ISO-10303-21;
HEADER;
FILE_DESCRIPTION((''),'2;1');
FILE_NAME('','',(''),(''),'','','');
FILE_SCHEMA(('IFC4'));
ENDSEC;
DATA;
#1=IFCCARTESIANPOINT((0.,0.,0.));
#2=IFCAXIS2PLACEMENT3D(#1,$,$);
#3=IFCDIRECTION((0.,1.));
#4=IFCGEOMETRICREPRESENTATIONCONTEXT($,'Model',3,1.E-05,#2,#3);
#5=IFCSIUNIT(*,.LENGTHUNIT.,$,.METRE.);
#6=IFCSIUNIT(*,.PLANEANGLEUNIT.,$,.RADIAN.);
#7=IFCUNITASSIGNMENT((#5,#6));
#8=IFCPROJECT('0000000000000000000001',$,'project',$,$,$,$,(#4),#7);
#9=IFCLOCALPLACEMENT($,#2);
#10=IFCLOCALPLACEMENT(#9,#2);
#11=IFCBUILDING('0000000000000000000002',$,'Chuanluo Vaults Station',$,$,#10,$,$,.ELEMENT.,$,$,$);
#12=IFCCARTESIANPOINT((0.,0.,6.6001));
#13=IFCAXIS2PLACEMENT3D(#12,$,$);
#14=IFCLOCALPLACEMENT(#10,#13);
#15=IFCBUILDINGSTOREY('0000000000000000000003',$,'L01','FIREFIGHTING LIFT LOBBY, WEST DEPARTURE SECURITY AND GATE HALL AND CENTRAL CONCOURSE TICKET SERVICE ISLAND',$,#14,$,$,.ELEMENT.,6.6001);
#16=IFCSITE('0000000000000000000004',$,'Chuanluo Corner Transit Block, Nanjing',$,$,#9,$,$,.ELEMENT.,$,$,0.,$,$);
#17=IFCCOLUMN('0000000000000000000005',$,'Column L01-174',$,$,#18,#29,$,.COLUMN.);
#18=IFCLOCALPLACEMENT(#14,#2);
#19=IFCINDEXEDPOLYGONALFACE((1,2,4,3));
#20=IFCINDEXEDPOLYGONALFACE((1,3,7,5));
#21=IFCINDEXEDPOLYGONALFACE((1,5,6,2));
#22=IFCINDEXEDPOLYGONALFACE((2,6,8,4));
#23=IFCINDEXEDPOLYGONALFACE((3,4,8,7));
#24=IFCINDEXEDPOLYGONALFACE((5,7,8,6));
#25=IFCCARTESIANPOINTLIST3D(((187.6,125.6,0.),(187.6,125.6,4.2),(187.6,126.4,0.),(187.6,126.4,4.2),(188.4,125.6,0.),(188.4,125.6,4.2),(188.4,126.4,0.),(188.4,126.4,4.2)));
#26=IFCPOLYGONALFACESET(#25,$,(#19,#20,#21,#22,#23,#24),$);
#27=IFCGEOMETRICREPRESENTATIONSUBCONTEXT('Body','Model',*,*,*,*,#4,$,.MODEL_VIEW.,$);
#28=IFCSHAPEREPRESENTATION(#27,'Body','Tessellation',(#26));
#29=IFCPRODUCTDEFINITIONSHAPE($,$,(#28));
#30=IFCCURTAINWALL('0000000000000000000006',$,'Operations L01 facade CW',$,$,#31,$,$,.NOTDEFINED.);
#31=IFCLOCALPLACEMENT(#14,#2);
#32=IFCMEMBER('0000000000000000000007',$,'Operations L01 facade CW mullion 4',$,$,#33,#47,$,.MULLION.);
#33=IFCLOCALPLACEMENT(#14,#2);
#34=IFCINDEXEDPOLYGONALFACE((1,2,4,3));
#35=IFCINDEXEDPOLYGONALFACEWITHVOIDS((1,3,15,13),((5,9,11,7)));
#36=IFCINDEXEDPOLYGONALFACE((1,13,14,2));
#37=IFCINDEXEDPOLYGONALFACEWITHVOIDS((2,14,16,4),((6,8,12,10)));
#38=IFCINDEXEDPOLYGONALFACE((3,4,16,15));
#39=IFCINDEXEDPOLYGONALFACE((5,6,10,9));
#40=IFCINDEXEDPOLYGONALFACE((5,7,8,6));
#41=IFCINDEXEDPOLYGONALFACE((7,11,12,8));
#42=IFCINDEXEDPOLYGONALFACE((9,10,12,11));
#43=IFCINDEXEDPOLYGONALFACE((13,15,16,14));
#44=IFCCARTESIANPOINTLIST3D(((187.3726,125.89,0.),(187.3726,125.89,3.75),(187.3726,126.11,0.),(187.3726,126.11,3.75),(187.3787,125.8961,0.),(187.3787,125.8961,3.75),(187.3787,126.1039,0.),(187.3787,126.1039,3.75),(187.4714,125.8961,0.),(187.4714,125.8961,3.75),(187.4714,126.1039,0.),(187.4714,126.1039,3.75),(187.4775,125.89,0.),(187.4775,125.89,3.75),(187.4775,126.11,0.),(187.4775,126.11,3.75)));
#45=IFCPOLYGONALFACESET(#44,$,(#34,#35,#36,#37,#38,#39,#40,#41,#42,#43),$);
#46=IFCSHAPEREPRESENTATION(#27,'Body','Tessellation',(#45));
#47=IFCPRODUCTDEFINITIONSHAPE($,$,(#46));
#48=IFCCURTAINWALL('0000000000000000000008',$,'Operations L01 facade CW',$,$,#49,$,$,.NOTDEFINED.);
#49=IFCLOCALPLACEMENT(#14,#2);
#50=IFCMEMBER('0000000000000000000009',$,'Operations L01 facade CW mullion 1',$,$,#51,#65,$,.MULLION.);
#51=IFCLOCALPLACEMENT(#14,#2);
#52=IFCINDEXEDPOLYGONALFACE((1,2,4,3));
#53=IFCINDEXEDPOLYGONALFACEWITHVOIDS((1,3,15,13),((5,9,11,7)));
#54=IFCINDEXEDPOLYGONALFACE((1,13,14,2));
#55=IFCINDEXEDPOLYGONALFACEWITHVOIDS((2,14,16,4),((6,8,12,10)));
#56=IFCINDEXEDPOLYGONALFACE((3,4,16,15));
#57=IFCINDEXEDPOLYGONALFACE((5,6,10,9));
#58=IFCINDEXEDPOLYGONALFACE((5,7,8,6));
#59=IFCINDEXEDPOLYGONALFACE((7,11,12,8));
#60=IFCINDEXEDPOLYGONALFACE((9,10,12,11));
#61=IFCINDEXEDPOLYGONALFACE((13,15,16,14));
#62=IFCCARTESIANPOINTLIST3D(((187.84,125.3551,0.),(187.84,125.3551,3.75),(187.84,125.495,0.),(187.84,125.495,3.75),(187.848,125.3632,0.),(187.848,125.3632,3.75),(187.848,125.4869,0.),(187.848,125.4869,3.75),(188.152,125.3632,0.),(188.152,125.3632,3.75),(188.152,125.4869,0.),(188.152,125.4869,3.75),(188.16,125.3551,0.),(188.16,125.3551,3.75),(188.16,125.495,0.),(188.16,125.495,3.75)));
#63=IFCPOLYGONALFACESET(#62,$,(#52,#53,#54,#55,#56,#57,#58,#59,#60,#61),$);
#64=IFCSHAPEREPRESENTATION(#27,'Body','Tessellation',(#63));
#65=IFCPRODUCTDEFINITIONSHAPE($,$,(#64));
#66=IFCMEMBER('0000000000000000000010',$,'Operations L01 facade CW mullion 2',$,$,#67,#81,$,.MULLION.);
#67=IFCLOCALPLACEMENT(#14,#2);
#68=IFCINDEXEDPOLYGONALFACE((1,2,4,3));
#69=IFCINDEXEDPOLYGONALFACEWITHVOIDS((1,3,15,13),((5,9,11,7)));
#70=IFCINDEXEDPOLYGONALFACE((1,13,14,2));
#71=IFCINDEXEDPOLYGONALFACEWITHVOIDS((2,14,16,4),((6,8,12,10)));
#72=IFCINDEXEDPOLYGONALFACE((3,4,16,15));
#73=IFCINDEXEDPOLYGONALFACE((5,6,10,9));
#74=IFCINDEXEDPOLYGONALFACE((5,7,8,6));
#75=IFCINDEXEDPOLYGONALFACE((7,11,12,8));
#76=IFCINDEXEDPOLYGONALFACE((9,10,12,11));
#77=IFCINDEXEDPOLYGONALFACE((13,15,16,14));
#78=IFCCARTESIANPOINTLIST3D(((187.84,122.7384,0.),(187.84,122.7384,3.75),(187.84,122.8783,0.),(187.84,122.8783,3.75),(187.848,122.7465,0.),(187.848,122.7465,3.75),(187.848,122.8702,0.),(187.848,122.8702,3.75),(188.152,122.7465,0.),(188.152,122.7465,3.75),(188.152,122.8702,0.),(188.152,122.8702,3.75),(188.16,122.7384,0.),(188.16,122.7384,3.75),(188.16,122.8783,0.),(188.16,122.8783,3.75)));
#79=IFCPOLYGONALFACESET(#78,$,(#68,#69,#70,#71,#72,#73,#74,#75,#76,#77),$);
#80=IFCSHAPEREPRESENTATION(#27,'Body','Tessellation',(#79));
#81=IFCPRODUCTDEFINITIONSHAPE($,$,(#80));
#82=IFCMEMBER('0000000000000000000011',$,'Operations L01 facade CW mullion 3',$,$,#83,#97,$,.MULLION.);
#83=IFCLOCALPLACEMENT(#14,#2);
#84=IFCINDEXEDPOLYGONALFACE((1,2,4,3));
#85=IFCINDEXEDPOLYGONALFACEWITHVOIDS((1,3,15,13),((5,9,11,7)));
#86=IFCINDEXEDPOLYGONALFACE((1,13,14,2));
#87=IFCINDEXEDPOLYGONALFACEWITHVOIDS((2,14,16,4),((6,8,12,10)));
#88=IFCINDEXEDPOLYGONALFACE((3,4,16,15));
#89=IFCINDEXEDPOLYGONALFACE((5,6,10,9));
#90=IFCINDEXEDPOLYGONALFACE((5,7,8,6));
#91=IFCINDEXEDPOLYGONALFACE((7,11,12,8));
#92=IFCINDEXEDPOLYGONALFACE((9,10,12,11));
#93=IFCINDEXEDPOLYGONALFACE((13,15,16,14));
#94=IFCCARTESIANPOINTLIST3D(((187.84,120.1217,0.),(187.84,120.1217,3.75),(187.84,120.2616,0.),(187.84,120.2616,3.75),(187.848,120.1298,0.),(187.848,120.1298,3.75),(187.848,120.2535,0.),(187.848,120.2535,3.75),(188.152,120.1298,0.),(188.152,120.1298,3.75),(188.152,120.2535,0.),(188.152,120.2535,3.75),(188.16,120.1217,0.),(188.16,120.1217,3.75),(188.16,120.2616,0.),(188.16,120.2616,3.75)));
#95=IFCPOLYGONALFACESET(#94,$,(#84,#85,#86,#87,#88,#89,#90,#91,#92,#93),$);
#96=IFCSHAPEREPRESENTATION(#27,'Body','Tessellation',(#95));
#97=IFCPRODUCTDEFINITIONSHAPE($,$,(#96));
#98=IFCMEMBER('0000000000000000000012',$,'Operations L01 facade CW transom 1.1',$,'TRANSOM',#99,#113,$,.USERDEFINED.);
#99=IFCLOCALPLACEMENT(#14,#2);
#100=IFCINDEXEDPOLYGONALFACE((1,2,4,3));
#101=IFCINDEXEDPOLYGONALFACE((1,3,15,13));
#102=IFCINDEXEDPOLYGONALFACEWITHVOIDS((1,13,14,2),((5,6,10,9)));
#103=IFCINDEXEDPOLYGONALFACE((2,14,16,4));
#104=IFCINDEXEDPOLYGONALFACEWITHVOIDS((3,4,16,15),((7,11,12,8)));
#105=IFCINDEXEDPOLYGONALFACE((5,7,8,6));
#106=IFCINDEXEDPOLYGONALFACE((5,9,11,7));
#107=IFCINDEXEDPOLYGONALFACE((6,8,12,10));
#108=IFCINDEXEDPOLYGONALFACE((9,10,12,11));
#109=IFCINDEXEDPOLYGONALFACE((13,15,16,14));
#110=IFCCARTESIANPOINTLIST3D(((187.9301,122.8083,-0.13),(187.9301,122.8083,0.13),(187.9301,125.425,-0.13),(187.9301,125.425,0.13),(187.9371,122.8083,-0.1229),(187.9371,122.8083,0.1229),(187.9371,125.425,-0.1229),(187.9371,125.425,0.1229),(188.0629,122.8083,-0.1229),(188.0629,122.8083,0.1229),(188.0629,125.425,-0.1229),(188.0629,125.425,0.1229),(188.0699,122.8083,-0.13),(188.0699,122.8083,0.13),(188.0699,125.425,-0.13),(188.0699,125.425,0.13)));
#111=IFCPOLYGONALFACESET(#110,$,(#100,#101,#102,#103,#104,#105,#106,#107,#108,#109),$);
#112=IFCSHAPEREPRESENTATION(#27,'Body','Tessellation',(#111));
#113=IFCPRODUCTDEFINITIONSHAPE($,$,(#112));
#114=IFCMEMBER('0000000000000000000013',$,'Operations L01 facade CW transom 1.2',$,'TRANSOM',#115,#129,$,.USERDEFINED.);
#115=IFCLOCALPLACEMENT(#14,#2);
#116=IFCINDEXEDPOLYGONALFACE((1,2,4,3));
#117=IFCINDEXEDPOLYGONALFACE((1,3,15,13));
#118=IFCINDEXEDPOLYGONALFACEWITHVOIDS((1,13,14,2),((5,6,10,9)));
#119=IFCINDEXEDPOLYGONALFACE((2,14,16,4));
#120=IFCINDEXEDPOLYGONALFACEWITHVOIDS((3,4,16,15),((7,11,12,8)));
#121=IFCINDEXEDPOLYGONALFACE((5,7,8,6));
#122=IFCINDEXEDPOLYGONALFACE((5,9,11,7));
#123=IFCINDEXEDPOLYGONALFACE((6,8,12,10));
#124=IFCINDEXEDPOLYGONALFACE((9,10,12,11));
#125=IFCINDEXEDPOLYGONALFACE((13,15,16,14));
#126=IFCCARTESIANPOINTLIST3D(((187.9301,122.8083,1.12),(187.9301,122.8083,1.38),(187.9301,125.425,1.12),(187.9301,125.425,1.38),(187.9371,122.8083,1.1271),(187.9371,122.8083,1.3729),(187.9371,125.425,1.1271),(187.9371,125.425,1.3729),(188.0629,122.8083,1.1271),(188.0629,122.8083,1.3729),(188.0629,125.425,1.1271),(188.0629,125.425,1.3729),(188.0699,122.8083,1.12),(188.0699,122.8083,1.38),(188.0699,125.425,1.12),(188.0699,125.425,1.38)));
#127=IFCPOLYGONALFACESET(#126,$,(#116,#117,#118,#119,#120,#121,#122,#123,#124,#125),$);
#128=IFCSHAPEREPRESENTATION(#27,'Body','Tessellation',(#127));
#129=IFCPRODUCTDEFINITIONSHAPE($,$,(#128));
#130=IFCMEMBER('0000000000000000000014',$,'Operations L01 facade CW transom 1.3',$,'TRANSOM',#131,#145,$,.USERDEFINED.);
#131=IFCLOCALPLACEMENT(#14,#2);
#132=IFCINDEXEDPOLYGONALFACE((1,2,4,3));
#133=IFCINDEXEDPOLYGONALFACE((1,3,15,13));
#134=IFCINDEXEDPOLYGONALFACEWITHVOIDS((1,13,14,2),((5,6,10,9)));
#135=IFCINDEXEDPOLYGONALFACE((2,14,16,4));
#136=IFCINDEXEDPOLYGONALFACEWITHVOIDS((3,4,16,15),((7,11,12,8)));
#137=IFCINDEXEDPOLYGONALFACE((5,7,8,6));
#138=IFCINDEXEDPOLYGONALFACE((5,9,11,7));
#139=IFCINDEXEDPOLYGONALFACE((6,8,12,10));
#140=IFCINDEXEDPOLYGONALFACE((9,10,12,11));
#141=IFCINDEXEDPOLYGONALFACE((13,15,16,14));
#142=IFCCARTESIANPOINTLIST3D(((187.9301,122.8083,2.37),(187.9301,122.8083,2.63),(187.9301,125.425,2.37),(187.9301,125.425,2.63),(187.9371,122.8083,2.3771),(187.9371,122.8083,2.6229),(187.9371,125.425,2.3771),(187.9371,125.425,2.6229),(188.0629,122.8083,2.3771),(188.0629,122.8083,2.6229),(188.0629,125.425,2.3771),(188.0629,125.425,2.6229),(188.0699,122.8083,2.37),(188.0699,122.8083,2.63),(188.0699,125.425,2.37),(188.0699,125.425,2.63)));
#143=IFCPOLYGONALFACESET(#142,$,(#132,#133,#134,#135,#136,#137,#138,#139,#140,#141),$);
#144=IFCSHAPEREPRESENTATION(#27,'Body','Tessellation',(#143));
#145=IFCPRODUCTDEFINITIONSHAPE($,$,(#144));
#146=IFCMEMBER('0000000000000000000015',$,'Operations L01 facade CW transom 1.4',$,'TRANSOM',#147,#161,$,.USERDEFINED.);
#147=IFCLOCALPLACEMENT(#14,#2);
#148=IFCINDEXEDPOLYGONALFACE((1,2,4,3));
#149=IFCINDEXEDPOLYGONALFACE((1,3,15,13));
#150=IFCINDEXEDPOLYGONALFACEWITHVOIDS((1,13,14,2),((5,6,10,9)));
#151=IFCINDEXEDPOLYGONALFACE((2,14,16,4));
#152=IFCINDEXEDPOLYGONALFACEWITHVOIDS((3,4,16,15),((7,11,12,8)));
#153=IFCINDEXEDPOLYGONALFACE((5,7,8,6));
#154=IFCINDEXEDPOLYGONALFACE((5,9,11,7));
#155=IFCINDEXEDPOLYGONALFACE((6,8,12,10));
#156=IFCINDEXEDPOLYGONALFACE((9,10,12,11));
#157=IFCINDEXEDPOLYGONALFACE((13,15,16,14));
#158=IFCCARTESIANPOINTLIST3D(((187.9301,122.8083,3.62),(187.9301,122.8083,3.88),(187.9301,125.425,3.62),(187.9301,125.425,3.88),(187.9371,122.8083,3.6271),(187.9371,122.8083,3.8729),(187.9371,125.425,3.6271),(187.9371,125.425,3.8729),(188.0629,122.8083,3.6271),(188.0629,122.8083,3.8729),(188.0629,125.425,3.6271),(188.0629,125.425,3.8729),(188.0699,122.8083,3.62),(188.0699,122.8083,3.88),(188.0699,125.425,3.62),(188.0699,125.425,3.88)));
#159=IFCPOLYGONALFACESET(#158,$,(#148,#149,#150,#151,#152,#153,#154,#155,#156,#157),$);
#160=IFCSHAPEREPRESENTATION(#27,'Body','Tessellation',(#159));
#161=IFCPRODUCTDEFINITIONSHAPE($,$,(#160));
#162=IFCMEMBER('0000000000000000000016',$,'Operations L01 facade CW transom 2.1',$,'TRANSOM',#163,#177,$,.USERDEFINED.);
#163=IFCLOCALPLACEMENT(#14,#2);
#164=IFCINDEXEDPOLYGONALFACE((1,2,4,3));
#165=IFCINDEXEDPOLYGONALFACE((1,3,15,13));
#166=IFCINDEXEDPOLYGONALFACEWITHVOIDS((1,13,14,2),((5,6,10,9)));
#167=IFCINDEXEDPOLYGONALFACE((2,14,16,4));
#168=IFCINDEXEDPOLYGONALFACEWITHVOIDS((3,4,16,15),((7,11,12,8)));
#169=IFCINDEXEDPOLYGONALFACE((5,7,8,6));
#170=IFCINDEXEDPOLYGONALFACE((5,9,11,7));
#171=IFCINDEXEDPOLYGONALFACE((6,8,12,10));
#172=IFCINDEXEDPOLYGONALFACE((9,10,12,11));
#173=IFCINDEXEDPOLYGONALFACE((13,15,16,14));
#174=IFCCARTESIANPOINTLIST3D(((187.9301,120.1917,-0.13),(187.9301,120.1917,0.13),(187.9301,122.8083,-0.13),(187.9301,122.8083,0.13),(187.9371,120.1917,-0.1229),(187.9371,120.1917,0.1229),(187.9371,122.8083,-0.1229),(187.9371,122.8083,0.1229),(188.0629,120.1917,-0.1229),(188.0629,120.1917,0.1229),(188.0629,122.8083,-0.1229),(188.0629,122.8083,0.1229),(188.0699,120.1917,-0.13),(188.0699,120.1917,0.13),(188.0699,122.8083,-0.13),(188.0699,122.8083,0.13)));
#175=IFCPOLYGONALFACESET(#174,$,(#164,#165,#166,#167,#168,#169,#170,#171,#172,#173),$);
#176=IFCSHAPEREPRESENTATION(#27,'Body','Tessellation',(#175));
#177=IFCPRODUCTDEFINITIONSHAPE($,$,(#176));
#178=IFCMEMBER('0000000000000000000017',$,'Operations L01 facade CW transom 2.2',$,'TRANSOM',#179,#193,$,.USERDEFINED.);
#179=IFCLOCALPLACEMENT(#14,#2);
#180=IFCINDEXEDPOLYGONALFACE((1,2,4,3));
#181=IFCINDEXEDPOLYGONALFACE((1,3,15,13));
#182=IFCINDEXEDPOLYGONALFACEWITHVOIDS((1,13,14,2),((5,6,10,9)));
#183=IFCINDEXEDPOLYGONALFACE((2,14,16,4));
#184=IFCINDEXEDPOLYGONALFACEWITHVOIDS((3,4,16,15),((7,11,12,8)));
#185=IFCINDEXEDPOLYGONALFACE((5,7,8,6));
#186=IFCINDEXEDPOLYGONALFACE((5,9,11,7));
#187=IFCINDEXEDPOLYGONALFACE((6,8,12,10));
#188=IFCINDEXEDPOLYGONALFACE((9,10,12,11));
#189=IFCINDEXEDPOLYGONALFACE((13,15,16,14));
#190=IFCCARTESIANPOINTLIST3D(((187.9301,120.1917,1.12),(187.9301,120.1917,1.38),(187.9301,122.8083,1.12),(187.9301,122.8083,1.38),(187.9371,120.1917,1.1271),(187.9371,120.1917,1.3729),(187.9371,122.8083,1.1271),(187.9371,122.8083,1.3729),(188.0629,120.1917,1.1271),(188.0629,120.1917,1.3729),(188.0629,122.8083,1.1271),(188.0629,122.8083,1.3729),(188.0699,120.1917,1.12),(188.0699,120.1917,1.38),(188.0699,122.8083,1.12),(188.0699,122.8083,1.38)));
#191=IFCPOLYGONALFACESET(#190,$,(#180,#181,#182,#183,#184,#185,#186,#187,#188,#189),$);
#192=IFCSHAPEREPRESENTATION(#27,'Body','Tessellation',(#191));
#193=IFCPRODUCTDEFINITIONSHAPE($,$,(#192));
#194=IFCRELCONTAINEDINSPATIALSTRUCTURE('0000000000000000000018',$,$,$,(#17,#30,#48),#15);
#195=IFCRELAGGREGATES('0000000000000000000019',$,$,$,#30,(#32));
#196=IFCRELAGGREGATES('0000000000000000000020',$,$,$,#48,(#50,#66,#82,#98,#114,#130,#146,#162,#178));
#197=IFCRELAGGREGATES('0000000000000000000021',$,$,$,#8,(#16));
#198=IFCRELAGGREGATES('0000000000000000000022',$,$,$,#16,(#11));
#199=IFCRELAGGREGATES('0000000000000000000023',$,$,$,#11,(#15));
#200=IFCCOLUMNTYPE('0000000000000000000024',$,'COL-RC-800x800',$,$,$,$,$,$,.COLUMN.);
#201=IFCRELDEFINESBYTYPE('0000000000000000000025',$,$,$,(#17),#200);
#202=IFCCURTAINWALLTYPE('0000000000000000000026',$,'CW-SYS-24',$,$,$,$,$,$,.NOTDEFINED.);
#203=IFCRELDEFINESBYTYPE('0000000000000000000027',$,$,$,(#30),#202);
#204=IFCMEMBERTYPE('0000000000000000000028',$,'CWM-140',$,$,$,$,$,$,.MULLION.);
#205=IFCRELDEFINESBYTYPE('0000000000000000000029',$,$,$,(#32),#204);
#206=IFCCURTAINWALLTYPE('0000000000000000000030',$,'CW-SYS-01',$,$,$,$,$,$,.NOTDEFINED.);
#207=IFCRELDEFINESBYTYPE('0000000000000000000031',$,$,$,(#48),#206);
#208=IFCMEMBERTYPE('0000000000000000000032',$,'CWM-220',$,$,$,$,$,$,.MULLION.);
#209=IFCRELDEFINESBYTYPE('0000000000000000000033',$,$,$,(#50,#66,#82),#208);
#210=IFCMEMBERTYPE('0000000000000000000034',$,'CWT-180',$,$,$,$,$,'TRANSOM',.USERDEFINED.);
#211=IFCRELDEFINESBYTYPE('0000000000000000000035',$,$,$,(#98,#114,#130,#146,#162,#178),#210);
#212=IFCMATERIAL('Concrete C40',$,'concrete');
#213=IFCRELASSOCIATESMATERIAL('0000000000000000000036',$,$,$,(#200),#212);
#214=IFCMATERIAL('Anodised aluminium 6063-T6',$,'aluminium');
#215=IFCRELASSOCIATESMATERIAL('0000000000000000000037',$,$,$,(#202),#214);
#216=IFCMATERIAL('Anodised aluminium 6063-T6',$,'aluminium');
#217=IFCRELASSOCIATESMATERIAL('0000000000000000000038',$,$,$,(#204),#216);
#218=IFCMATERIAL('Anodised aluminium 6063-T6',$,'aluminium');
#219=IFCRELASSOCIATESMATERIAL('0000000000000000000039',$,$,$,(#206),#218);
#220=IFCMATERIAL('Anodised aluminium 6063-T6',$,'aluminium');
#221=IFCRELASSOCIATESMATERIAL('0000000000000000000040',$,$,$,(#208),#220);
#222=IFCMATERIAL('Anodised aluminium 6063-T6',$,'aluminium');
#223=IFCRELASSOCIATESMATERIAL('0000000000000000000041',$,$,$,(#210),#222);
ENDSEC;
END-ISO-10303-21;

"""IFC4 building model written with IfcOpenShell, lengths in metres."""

from ifc_helpers import new_model, si_unit, direction, frame, origin, origin_2d, place, context, subcontext, project, spatial, rectangle, hollow_rectangle, extrude, material, material_profile, profile_set, type_object, element, aggregate, save


model = new_model("IFC4")

# Units and contexts
model_context = context("Model", 3, precision=1e-05, world=origin(), true_north=direction((0.0, 1.0)))
body_context = subcontext(model_context, "Body", "Model", "MODEL_VIEW")
ifc_project = project(units=[si_unit("LENGTHUNIT", "METRE"), si_unit("PLANEANGLEUNIT", "RADIAN")], contexts=[model_context])

# Site, building, storey
site_placement = place(None, origin())
site = spatial("IfcSite", under=ifc_project, at=site_placement, Name="Chuanluo Corner Transit Block, Nanjing", CompositionType="ELEMENT", RefElevation=0.0)
building_placement = place(site_placement, origin())
building = spatial("IfcBuilding", under=site, at=building_placement, Name="Chuanluo Vaults Station", CompositionType="ELEMENT")
storey_placement = place(building_placement, frame((0.0, 0.0, 6.6001)))
storey = spatial("IfcBuildingStorey", under=building, at=storey_placement, Name="L01", Description="FIREFIGHTING LIFT LOBBY, WEST DEPARTURE SECURITY AND GATE HALL AND CENTRAL CONCOURSE TICKET SERVICE ISLAND", CompositionType="ELEMENT", Elevation=6.6001)

# Column
ifc_material_1 = material(Name="Concrete C40", Category="concrete")
ifc_material_profile_1 = material_profile(ifc_material_1, rectangle(XDim=0.8, YDim=0.8, at=origin_2d()))
ifc_profile_set_1 = profile_set([ifc_material_profile_1], Name="Concrete C40")
column_type = type_object("IfcColumnType", Name="COL-RC-800x800", PredefinedType="COLUMN", material=ifc_profile_set_1)
column_placement = place(storey_placement, frame((188.0, 126.0, 0.0), z_axis=(0.0, 0.0, 1.0), x_axis=(1.0, 0.0, 0.0)))
element("IfcColumn", 1, at=column_placement, inside=storey, type_object=column_type, Name="Column L01-174", PredefinedType="COLUMN", context=body_context, shape_type="SweptSolid", body=[
    extrude(rectangle(XDim=0.8, YDim=0.8, at=origin_2d()), origin(), (0.0, 0.0, 1.0), 4.2),
])

# Curtain wall, member
ifc_material_2 = material(Name="Anodised aluminium 6063-T6", Category="aluminium")
curtain_wall_type_1 = type_object("IfcCurtainWallType", Name="CW-SYS-24", PredefinedType="NOTDEFINED", material=ifc_material_2)
curtain_wall_1_placement = place(storey_placement, origin())
curtain_wall_1 = element("IfcCurtainWall", 2, at=curtain_wall_1_placement, inside=storey, type_object=curtain_wall_type_1, Name="Operations L01 facade CW", PredefinedType="NOTDEFINED")
ifc_material_3 = material(Name="Anodised aluminium 6063-T6", Category="aluminium")
ifc_material_profile_2 = material_profile(ifc_material_3, hollow_rectangle(XDim=0.105, YDim=0.22, WallThickness=0.0061, at=origin_2d()))
ifc_profile_set_2 = profile_set([ifc_material_profile_2], Name="Anodised aluminium 6063-T6")
member_type_1 = type_object("IfcMemberType", Name="CWM-140", PredefinedType="MULLION", material=ifc_profile_set_2)
member_1_placement = place(storey_placement, frame((187.425, 126.0, 0.0), z_axis=(0.0, 0.0, 1.0), x_axis=(1.0, 0.0, 0.0)))
member_1 = element("IfcMember", 3, at=member_1_placement, type_object=member_type_1, Name="Operations L01 facade CW mullion 4", PredefinedType="MULLION", context=body_context, shape_type="SweptSolid", body=[
    extrude(hollow_rectangle(XDim=0.105, YDim=0.22, WallThickness=0.0061, at=origin_2d()), origin(), (0.0, 0.0, 1.0), 3.75),
])

# Curtain wall, members
ifc_material_4 = material(Name="Anodised aluminium 6063-T6", Category="aluminium")
curtain_wall_type_2 = type_object("IfcCurtainWallType", Name="CW-SYS-01", PredefinedType="NOTDEFINED", material=ifc_material_4)
curtain_wall_2_placement = place(storey_placement, origin())
curtain_wall_2 = element("IfcCurtainWall", 4, at=curtain_wall_2_placement, inside=storey, type_object=curtain_wall_type_2, Name="Operations L01 facade CW", PredefinedType="NOTDEFINED")
ifc_material_5 = material(Name="Anodised aluminium 6063-T6", Category="aluminium")
ifc_material_profile_3 = material_profile(ifc_material_5, hollow_rectangle(XDim=0.1399, YDim=0.3201, WallThickness=0.0081, at=origin_2d()))
ifc_profile_set_3 = profile_set([ifc_material_profile_3], Name="Anodised aluminium 6063-T6")
member_type_2 = type_object("IfcMemberType", Name="CWM-220", PredefinedType="MULLION", material=ifc_profile_set_3)
member_2_placement = place(storey_placement, frame((188.0, 125.425, 0.0), z_axis=(0.0, 0.0, 1.0), x_axis=(0.0, -1.0, 0.0)))
member_2 = element("IfcMember", 5, at=member_2_placement, type_object=member_type_2, Name="Operations L01 facade CW mullion 1", PredefinedType="MULLION", context=body_context, shape_type="SweptSolid", body=[
    extrude(hollow_rectangle(XDim=0.1399, YDim=0.3201, WallThickness=0.0081, at=origin_2d()), origin(), (0.0, 0.0, 1.0), 3.75),
])
member_3_placement = place(storey_placement, frame((188.0, 122.8083, 0.0), z_axis=(0.0, 0.0, 1.0), x_axis=(0.0, -1.0, 0.0)))
member_3 = element("IfcMember", 6, at=member_3_placement, type_object=member_type_2, Name="Operations L01 facade CW mullion 2", PredefinedType="MULLION", context=body_context, shape_type="SweptSolid", body=[
    extrude(hollow_rectangle(XDim=0.1399, YDim=0.3201, WallThickness=0.0081, at=origin_2d()), origin(), (0.0, 0.0, 1.0), 3.75),
])
member_4_placement = place(storey_placement, frame((188.0, 120.1917, 0.0), z_axis=(0.0, 0.0, 1.0), x_axis=(0.0, -1.0, 0.0)))
member_4 = element("IfcMember", 7, at=member_4_placement, type_object=member_type_2, Name="Operations L01 facade CW mullion 3", PredefinedType="MULLION", context=body_context, shape_type="SweptSolid", body=[
    extrude(hollow_rectangle(XDim=0.1399, YDim=0.3201, WallThickness=0.0081, at=origin_2d()), origin(), (0.0, 0.0, 1.0), 3.75),
])
ifc_material_6 = material(Name="Anodised aluminium 6063-T6", Category="aluminium")
ifc_material_profile_4 = material_profile(ifc_material_6, hollow_rectangle(XDim=0.1399, YDim=0.26, WallThickness=0.0071, at=origin_2d()))
ifc_profile_set_4 = profile_set([ifc_material_profile_4], Name="Anodised aluminium 6063-T6")
member_type_3 = type_object("IfcMemberType", Name="CWT-180", ElementType="TRANSOM", PredefinedType="USERDEFINED", material=ifc_profile_set_4)
member_5_placement = place(storey_placement, frame((188.0, 125.425, 0.0), z_axis=(0.0, -1.0, 0.0), x_axis=(1.0, 0.0, 0.0)))
member_5 = element("IfcMember", 8, at=member_5_placement, type_object=member_type_3, Name="Operations L01 facade CW transom 1.1", ObjectType="TRANSOM", PredefinedType="USERDEFINED", context=body_context, shape_type="SweptSolid", body=[
    extrude(hollow_rectangle(XDim=0.1399, YDim=0.26, WallThickness=0.0071, at=origin_2d()), origin(), (0.0, 0.0, 1.0), 2.6167),
])
member_6_placement = place(storey_placement, frame((188.0, 125.425, 1.25), z_axis=(0.0, -1.0, 0.0), x_axis=(1.0, 0.0, 0.0)))
member_6 = element("IfcMember", 9, at=member_6_placement, type_object=member_type_3, Name="Operations L01 facade CW transom 1.2", ObjectType="TRANSOM", PredefinedType="USERDEFINED", context=body_context, shape_type="SweptSolid", body=[
    extrude(hollow_rectangle(XDim=0.1399, YDim=0.26, WallThickness=0.0071, at=origin_2d()), origin(), (0.0, 0.0, 1.0), 2.6167),
])
member_7_placement = place(storey_placement, frame((188.0, 125.425, 2.5), z_axis=(0.0, -1.0, 0.0), x_axis=(1.0, 0.0, 0.0)))
member_7 = element("IfcMember", 10, at=member_7_placement, type_object=member_type_3, Name="Operations L01 facade CW transom 1.3", ObjectType="TRANSOM", PredefinedType="USERDEFINED", context=body_context, shape_type="SweptSolid", body=[
    extrude(hollow_rectangle(XDim=0.1399, YDim=0.26, WallThickness=0.0071, at=origin_2d()), origin(), (0.0, 0.0, 1.0), 2.6167),
])
member_8_placement = place(storey_placement, frame((188.0, 125.425, 3.75), z_axis=(0.0, -1.0, 0.0), x_axis=(1.0, 0.0, 0.0)))
member_8 = element("IfcMember", 11, at=member_8_placement, type_object=member_type_3, Name="Operations L01 facade CW transom 1.4", ObjectType="TRANSOM", PredefinedType="USERDEFINED", context=body_context, shape_type="SweptSolid", body=[
    extrude(hollow_rectangle(XDim=0.1399, YDim=0.26, WallThickness=0.0071, at=origin_2d()), origin(), (0.0, 0.0, 1.0), 2.6167),
])
member_9_placement = place(storey_placement, frame((188.0, 122.8083, 0.0), z_axis=(0.0, -1.0, 0.0), x_axis=(1.0, 0.0, 0.0)))
member_9 = element("IfcMember", 12, at=member_9_placement, type_object=member_type_3, Name="Operations L01 facade CW transom 2.1", ObjectType="TRANSOM", PredefinedType="USERDEFINED", context=body_context, shape_type="SweptSolid", body=[
    extrude(hollow_rectangle(XDim=0.1399, YDim=0.26, WallThickness=0.0071, at=origin_2d()), origin(), (0.0, 0.0, 1.0), 2.6167),
])
member_10_placement = place(storey_placement, frame((188.0, 122.8083, 1.25), z_axis=(0.0, -1.0, 0.0), x_axis=(1.0, 0.0, 0.0)))
member_10 = element("IfcMember", 13, at=member_10_placement, type_object=member_type_3, Name="Operations L01 facade CW transom 2.2", ObjectType="TRANSOM", PredefinedType="USERDEFINED", context=body_context, shape_type="SweptSolid", body=[
    extrude(hollow_rectangle(XDim=0.1399, YDim=0.26, WallThickness=0.0071, at=origin_2d()), origin(), (0.0, 0.0, 1.0), 2.6167),
])

aggregate(curtain_wall_1, [member_1])
aggregate(curtain_wall_2, [member_2, member_3, member_4, member_5, member_6, member_7, member_8, member_9, member_10])

save(model, "model.ifc")
